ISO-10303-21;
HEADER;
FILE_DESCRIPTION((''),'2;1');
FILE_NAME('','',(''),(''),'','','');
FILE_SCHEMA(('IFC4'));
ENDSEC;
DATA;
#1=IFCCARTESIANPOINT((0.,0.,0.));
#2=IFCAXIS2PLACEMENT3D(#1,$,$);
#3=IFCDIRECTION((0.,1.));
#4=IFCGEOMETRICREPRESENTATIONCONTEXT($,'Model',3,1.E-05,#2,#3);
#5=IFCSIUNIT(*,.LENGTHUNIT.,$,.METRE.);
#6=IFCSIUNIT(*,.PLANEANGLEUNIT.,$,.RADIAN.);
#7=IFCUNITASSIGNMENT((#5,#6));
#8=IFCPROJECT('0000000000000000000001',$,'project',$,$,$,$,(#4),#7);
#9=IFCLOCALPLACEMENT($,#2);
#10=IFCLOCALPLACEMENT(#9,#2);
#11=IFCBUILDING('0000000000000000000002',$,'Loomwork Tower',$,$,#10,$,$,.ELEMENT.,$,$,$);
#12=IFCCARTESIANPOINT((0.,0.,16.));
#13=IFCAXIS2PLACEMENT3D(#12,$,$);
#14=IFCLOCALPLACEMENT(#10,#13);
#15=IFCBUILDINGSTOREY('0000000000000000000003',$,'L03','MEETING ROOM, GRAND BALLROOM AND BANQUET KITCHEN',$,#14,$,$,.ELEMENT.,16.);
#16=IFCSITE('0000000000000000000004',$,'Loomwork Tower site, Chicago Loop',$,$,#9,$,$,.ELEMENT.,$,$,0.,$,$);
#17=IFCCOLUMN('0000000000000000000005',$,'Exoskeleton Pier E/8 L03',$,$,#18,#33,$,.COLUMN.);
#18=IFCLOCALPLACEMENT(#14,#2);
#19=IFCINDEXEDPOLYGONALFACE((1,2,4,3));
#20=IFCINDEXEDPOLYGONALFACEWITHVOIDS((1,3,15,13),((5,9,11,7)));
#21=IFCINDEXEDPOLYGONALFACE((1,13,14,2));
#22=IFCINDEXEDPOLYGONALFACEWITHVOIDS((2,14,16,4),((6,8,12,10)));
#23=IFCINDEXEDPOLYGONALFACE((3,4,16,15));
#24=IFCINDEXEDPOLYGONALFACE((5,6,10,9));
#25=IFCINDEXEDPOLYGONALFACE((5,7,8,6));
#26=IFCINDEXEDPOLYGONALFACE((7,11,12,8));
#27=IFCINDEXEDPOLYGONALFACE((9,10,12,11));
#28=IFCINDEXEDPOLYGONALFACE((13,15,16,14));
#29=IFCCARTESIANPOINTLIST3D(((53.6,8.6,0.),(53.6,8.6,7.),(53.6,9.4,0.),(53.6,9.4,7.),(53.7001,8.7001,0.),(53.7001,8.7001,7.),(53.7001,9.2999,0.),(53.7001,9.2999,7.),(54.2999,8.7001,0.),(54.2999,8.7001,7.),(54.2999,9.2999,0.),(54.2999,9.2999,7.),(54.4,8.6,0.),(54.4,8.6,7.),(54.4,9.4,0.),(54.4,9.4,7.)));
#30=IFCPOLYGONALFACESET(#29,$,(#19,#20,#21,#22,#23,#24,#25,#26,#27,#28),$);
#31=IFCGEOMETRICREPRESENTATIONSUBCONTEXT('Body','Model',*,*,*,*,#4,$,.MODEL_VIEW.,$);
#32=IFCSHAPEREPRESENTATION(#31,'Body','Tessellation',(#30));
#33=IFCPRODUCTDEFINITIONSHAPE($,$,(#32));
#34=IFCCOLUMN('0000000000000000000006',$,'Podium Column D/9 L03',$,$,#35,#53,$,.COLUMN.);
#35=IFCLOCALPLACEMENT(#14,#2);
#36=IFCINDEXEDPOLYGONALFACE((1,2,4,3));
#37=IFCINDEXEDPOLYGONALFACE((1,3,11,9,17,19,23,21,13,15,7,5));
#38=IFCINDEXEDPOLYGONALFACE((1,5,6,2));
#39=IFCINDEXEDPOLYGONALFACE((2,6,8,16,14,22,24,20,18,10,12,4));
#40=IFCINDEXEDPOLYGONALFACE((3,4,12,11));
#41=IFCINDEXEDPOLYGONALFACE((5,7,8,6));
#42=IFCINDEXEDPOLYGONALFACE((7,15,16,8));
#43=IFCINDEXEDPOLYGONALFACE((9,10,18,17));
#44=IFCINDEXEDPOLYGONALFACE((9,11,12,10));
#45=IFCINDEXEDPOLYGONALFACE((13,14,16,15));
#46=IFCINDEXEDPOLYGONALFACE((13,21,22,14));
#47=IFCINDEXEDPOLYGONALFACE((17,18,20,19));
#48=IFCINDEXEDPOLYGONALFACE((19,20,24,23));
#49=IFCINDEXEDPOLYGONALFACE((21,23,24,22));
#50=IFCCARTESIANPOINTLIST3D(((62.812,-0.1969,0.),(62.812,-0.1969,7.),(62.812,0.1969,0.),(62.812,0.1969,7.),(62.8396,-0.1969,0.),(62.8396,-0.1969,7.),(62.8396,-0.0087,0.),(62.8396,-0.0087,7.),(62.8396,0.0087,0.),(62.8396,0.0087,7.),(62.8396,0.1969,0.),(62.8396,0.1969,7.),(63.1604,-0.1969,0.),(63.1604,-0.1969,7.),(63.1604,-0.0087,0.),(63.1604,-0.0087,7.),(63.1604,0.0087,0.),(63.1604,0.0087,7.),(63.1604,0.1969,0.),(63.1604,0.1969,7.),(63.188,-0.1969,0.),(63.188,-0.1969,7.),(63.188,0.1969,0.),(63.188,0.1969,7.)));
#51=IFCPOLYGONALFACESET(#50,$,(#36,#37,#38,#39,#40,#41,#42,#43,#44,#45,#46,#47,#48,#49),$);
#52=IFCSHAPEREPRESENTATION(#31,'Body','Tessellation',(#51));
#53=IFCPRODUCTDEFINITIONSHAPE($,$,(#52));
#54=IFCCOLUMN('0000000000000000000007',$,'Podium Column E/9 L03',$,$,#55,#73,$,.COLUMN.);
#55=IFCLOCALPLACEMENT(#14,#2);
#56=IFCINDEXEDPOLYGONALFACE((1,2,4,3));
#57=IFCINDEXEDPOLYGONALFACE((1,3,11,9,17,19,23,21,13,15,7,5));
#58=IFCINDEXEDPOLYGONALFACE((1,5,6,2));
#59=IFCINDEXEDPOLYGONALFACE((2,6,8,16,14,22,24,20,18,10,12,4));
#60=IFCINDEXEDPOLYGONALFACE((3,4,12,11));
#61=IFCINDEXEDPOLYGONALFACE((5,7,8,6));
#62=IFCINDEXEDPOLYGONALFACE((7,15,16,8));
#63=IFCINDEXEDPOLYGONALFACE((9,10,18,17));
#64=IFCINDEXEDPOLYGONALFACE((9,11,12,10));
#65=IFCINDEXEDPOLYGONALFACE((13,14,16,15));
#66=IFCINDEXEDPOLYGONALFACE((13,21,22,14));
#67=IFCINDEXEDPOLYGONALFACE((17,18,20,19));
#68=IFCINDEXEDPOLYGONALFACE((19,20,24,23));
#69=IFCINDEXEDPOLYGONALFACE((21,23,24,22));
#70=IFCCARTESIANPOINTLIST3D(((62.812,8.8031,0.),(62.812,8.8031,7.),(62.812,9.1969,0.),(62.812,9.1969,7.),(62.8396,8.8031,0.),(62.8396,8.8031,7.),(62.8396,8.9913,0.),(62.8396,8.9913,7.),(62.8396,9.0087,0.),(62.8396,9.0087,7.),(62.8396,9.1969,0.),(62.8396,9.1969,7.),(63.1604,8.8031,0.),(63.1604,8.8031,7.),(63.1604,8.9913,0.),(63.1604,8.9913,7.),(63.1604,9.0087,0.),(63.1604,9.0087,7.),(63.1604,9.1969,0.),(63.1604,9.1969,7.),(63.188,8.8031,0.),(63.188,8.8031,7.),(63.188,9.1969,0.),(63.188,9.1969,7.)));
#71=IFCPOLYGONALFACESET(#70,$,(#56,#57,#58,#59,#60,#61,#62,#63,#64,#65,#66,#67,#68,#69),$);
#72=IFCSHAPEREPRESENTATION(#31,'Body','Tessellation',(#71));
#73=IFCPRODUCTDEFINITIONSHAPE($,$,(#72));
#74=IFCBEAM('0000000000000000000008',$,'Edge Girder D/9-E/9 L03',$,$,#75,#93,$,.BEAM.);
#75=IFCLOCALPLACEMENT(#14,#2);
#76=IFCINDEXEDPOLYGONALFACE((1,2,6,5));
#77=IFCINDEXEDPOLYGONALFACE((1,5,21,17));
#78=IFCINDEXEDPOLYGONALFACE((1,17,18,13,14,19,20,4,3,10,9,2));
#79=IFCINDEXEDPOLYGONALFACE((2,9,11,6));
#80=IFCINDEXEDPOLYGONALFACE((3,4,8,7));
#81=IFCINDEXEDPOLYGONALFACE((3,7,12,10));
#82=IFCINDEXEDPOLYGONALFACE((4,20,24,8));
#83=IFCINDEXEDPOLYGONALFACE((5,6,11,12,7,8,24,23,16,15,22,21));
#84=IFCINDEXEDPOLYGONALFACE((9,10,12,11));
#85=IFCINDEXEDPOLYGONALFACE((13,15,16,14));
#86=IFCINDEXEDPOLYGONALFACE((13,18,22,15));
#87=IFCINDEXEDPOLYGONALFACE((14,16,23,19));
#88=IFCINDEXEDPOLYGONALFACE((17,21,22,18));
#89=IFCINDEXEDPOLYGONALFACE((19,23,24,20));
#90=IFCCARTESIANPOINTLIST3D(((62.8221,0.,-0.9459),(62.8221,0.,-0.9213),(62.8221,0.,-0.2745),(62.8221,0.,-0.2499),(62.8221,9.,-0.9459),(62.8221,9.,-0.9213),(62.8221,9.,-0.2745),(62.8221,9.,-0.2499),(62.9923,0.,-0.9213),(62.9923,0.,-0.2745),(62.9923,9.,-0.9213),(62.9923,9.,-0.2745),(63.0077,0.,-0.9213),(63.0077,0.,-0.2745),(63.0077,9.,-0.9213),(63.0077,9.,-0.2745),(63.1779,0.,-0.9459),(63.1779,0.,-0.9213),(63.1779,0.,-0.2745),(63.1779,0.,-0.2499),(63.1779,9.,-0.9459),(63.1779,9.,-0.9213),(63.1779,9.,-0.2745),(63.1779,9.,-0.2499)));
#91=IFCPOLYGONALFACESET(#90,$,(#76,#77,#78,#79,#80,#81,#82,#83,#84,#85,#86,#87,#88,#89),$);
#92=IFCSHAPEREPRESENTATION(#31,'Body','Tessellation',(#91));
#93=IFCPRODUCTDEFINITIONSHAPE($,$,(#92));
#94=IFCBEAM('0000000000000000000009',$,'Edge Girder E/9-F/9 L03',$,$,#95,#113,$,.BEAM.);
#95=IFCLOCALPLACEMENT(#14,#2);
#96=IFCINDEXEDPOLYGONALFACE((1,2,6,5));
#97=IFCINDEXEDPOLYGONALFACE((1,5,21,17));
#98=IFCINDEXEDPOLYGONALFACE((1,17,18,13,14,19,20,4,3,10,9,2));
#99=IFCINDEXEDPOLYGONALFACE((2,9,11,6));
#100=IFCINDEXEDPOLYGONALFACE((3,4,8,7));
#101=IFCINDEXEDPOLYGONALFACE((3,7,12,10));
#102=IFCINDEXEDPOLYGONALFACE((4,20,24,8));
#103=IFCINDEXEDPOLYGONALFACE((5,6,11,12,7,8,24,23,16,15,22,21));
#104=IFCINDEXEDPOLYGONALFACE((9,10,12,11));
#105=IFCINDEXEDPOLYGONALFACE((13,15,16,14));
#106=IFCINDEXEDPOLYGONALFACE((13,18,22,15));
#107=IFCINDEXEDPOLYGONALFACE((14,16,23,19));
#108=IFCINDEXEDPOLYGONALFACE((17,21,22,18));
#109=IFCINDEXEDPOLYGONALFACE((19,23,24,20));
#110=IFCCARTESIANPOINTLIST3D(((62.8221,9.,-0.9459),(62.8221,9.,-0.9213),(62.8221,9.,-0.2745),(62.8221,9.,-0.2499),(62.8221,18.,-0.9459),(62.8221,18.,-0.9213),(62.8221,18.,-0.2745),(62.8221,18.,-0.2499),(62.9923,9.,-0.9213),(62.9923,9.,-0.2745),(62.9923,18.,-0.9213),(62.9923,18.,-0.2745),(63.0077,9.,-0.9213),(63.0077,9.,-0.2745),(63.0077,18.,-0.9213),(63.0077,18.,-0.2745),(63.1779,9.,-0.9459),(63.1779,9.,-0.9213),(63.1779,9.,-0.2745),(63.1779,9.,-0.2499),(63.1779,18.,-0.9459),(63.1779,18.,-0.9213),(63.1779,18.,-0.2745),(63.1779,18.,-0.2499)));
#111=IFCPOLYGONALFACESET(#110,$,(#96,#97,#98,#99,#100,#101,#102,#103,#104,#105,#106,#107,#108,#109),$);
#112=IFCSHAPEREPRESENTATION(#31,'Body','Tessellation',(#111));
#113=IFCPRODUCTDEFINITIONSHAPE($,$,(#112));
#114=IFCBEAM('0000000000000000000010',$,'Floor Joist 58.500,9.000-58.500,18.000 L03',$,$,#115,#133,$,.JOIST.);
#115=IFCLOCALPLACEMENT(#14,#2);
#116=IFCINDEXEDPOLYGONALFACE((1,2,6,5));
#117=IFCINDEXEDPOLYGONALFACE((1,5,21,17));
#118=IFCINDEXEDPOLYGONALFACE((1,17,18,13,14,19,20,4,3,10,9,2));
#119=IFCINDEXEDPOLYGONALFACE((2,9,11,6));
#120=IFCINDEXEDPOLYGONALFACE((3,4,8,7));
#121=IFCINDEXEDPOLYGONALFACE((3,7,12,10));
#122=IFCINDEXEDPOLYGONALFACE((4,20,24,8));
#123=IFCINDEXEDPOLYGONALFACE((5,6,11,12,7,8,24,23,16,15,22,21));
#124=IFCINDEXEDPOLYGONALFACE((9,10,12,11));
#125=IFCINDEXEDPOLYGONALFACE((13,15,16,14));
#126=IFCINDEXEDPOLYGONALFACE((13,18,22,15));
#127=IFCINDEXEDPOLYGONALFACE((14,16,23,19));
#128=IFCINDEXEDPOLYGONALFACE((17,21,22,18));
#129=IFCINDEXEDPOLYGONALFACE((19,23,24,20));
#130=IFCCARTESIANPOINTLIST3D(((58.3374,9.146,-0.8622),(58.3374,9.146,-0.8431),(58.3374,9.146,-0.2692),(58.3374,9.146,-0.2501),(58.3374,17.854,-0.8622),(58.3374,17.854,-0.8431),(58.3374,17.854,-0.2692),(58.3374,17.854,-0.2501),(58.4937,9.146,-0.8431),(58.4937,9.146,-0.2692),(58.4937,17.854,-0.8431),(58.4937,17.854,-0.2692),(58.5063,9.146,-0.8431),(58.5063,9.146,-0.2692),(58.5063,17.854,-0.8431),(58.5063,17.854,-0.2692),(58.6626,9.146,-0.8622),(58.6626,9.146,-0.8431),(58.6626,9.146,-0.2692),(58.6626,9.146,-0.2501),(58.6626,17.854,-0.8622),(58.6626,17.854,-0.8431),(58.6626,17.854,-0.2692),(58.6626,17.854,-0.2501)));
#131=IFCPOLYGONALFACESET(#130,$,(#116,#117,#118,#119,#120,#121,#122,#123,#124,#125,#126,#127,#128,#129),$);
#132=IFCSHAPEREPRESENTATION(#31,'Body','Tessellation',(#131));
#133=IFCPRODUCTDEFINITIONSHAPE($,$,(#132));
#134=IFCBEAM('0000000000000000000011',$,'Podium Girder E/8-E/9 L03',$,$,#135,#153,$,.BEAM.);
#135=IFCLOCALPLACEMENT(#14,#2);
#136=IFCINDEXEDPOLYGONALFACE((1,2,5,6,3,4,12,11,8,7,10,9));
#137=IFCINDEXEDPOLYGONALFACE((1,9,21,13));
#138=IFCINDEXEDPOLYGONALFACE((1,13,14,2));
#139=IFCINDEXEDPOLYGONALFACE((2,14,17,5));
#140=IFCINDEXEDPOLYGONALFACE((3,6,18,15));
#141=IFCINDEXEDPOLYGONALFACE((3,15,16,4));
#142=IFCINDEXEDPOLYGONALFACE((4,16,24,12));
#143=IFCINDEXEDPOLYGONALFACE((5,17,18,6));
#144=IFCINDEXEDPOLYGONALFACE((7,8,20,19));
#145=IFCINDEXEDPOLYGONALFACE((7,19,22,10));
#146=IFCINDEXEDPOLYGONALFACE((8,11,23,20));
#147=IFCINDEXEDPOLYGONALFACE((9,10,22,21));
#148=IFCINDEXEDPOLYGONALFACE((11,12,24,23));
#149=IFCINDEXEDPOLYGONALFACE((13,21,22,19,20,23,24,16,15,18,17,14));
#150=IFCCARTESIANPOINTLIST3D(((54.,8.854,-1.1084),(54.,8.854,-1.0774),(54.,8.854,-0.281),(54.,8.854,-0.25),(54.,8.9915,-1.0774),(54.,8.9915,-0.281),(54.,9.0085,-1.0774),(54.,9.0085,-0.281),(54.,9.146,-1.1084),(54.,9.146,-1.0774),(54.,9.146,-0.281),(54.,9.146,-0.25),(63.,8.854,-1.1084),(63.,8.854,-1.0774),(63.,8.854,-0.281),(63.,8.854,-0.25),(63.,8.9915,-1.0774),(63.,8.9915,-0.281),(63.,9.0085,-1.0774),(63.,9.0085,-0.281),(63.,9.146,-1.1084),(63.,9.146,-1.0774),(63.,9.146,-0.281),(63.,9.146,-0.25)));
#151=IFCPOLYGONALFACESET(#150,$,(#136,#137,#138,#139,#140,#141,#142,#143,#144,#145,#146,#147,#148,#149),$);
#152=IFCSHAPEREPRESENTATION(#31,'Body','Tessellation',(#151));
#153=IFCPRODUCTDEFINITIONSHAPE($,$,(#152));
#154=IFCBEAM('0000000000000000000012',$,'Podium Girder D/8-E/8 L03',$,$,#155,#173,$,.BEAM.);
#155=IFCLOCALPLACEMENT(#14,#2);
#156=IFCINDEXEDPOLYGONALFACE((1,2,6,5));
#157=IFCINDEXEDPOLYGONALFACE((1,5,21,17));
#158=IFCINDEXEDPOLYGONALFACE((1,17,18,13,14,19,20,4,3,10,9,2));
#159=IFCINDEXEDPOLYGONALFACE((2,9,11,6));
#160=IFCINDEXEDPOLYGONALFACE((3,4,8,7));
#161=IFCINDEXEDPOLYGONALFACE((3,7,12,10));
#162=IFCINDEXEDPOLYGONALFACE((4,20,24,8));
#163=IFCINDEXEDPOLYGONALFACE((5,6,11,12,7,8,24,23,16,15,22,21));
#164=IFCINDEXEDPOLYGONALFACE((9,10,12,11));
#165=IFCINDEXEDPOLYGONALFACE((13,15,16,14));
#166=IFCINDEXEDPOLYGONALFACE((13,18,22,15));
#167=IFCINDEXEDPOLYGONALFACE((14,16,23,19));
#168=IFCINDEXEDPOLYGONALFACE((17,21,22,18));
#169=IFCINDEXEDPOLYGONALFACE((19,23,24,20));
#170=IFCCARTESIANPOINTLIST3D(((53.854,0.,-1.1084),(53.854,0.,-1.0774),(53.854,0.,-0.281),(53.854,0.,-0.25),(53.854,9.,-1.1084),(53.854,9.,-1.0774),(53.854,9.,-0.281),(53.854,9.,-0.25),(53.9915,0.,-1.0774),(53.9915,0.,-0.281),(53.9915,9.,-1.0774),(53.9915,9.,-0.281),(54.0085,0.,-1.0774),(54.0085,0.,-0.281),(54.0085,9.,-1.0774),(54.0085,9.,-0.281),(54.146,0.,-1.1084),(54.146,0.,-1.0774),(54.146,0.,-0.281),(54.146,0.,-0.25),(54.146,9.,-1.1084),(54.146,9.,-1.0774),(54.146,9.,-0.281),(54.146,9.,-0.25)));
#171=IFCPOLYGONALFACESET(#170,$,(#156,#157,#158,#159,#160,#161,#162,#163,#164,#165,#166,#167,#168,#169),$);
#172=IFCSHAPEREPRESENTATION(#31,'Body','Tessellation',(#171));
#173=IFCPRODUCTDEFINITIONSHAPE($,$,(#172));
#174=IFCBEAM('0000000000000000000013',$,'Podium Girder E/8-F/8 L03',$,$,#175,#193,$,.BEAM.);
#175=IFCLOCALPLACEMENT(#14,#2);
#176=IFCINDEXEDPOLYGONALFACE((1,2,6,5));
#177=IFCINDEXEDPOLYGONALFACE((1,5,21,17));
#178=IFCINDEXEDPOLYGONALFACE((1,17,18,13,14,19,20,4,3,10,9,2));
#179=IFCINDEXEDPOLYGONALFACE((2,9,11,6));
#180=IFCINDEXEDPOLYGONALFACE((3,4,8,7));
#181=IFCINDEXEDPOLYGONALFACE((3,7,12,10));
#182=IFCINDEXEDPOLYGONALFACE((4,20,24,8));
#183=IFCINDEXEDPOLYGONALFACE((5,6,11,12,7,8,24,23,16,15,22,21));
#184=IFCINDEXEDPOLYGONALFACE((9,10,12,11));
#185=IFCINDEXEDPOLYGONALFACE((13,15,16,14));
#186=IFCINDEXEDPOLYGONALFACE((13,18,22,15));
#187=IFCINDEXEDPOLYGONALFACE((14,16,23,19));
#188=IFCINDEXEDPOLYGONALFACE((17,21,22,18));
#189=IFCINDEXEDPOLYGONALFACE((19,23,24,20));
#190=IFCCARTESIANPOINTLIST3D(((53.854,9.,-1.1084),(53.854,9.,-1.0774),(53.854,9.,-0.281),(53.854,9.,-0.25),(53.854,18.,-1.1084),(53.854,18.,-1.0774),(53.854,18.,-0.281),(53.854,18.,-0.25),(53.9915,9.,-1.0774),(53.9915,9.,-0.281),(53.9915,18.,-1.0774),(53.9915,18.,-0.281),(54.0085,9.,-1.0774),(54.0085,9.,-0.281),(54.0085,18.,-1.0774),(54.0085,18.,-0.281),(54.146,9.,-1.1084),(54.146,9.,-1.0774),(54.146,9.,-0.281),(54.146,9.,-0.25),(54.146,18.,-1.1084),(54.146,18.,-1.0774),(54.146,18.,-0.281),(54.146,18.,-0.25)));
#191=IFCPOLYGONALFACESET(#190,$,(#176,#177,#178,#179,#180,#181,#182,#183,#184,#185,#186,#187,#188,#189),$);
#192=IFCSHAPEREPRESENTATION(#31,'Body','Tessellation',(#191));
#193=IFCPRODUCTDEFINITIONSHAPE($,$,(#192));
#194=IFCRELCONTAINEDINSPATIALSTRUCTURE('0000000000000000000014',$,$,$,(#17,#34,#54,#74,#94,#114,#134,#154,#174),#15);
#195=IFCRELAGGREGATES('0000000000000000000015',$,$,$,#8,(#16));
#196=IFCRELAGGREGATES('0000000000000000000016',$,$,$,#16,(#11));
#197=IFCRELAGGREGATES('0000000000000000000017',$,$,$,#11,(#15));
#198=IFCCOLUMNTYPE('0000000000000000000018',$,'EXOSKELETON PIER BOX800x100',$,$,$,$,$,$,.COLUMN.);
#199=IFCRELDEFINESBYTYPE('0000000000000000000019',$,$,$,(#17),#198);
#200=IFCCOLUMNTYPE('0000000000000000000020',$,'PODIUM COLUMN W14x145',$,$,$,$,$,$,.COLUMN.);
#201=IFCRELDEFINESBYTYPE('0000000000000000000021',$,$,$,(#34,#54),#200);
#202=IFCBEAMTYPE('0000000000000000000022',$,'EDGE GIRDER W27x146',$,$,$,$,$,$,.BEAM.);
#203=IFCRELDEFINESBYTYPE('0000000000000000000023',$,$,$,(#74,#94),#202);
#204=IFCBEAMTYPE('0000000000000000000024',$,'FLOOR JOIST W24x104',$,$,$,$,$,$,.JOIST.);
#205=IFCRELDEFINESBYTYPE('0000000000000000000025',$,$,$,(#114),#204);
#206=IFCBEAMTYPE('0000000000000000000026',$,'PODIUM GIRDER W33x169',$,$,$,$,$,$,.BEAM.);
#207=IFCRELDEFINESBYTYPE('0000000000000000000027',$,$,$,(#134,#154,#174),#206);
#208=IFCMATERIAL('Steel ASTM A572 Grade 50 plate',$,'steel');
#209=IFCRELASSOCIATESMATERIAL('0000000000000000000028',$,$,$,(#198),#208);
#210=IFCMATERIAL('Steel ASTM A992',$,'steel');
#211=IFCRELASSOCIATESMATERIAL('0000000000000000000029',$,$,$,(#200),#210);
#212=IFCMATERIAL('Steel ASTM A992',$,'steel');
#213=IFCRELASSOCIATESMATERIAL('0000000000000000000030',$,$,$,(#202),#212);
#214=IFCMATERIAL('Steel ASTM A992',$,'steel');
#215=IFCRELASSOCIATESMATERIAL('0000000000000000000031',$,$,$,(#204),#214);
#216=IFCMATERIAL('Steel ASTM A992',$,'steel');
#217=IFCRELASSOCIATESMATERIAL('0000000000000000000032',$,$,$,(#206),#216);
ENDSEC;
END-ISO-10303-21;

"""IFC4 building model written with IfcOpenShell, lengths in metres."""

from ifc_helpers import new_model, si_unit, direction, frame, origin, origin_2d, place, context, subcontext, project, spatial, hollow_rectangle, i_section, extrude, material, material_profile, profile_set, type_object, element, save


model = new_model("IFC4")

# Units and contexts
model_context = context("Model", 3, precision=1e-05, world=origin(), true_north=direction((0.0, 1.0)))
body_context = subcontext(model_context, "Body", "Model", "MODEL_VIEW")
ifc_project = project(units=[si_unit("LENGTHUNIT", "METRE"), si_unit("PLANEANGLEUNIT", "RADIAN")], contexts=[model_context])

# Site, building, storey
site_placement = place(None, origin())
site = spatial("IfcSite", under=ifc_project, at=site_placement, Name="Loomwork Tower site, Chicago Loop", CompositionType="ELEMENT", RefElevation=0.0)
building_placement = place(site_placement, origin())
building = spatial("IfcBuilding", under=site, at=building_placement, Name="Loomwork Tower", CompositionType="ELEMENT")
storey_placement = place(building_placement, frame((0.0, 0.0, 16.0)))
storey = spatial("IfcBuildingStorey", under=building, at=storey_placement, Name="L03", Description="MEETING ROOM, GRAND BALLROOM AND BANQUET KITCHEN", CompositionType="ELEMENT", Elevation=16.0)

# Columns
ifc_material_1 = material(Name="Steel ASTM A572 Grade 50 plate", Category="steel")
ifc_material_profile_1 = material_profile(ifc_material_1, hollow_rectangle(XDim=0.8, YDim=0.8, WallThickness=0.1001, at=origin_2d()), Name="BOX800x100")
ifc_profile_set_1 = profile_set([ifc_material_profile_1], Name="Steel ASTM A572 Grade 50 plate")
column_type_1 = type_object("IfcColumnType", Name="EXOSKELETON PIER BOX800x100", PredefinedType="COLUMN", material=ifc_profile_set_1)
column_placement = place(storey_placement, frame((54.0, 9.0, 0.0), z_axis=(0.0, 0.0, 1.0), x_axis=(0.0, 1.0, 0.0)))
element("IfcColumn", 1, at=column_placement, inside=storey, type_object=column_type_1, Name="Exoskeleton Pier E/8 L03", PredefinedType="COLUMN", context=body_context, shape_type="SweptSolid", body=[
    extrude(hollow_rectangle(XDim=0.8, YDim=0.8, WallThickness=0.1001, at=origin_2d()), origin(), (0.0, 0.0, 1.0), 7.0),
])
ifc_material_2 = material(Name="Steel ASTM A992", Category="steel")
ifc_material_profile_2 = material_profile(ifc_material_2, i_section(OverallWidth=0.3938, OverallDepth=0.376, WebThickness=0.0173, FlangeThickness=0.0276, at=origin_2d()), Name="W14x145")
ifc_profile_set_2 = profile_set([ifc_material_profile_2], Name="Steel ASTM A992")
column_type_2 = type_object("IfcColumnType", Name="PODIUM COLUMN W14x145", PredefinedType="COLUMN", material=ifc_profile_set_2)
for number, where, z_axis, x_axis, name in (
    (2, (63.0, 0.0, 0.0), (0.0, 0.0, 1.0), (0.0, 1.0, 0.0), "Podium Column D/9 L03"),
    (3, (63.0, 9.0, 0.0), (0.0, 0.0, 1.0), (0.0, 1.0, 0.0), "Podium Column E/9 L03"),
):
    element("IfcColumn", number, at=place(storey_placement, frame(where, z_axis=z_axis, x_axis=x_axis)), inside=storey, type_object=column_type_2, Name=name, PredefinedType="COLUMN", context=body_context, shape_type="SweptSolid", body=[
        extrude(i_section(OverallWidth=0.3938, OverallDepth=0.376, WebThickness=0.0173, FlangeThickness=0.0276, at=origin_2d()), origin(), (0.0, 0.0, 1.0), 7.0),
    ])

# Beams
ifc_material_3 = material(Name="Steel ASTM A992", Category="steel")
ifc_material_profile_3 = material_profile(ifc_material_3, i_section(OverallWidth=0.3557, OverallDepth=0.696, WebThickness=0.0154, FlangeThickness=0.0247, at=origin_2d()), Name="W27x146")
ifc_profile_set_3 = profile_set([ifc_material_profile_3], Name="Steel ASTM A992")
beam_type_1 = type_object("IfcBeamType", Name="EDGE GIRDER W27x146", PredefinedType="BEAM", material=ifc_profile_set_3)
for number, where, z_axis, x_axis, name in (
    (4, (63.0, 0.0, -0.5979), (0.0, 1.0, 0.0), (-1.0, 0.0, 0.0), "Edge Girder D/9-E/9 L03"),
    (5, (63.0, 9.0, -0.5979), (0.0, 1.0, 0.0), (-1.0, 0.0, 0.0), "Edge Girder E/9-F/9 L03"),
):
    element("IfcBeam", number, at=place(storey_placement, frame(where, z_axis=z_axis, x_axis=x_axis)), inside=storey, type_object=beam_type_1, Name=name, PredefinedType="BEAM", context=body_context, shape_type="SweptSolid", body=[
        extrude(i_section(OverallWidth=0.3557, OverallDepth=0.696, WebThickness=0.0154, FlangeThickness=0.0247, at=origin_2d()), origin(), (0.0, 0.0, 1.0), 9.0),
    ])
ifc_material_4 = material(Name="Steel ASTM A992", Category="steel")
ifc_material_profile_4 = material_profile(ifc_material_4, i_section(OverallWidth=0.3252, OverallDepth=0.6121, WebThickness=0.0127, FlangeThickness=0.019, at=origin_2d()), Name="W24x104")
ifc_profile_set_4 = profile_set([ifc_material_profile_4], Name="Steel ASTM A992")
beam_type_2 = type_object("IfcBeamType", Name="FLOOR JOIST W24x104", PredefinedType="JOIST", material=ifc_profile_set_4)
beam_placement = place(storey_placement, frame((58.5, 9.146, -0.5562), z_axis=(0.0, 1.0, 0.0), x_axis=(-1.0, 0.0, 0.0)))
element("IfcBeam", 6, at=beam_placement, inside=storey, type_object=beam_type_2, Name="Floor Joist 58.500,9.000-58.500,18.000 L03", PredefinedType="JOIST", context=body_context, shape_type="SweptSolid", body=[
    extrude(i_section(OverallWidth=0.3252, OverallDepth=0.6121, WebThickness=0.0127, FlangeThickness=0.019, at=origin_2d()), origin(), (0.0, 0.0, 1.0), 8.708),
])
ifc_material_5 = material(Name="Steel ASTM A992", Category="steel")
ifc_material_profile_5 = material_profile(ifc_material_5, i_section(OverallWidth=0.292, OverallDepth=0.8584, WebThickness=0.0171, FlangeThickness=0.031, at=origin_2d()), Name="W33x169")
ifc_profile_set_5 = profile_set([ifc_material_profile_5], Name="Steel ASTM A992")
beam_type_3 = type_object("IfcBeamType", Name="PODIUM GIRDER W33x169", PredefinedType="BEAM", material=ifc_profile_set_5)
for number, where, z_axis, x_axis, name in (
    (7, (54.0, 9.0, -0.6792), (1.0, 0.0, 0.0), (0.0, 1.0, 0.0), "Podium Girder E/8-E/9 L03"),
    (8, (54.0, 0.0, -0.6792), (0.0, 1.0, 0.0), (-1.0, 0.0, 0.0), "Podium Girder D/8-E/8 L03"),
    (9, (54.0, 9.0, -0.6792), (0.0, 1.0, 0.0), (-1.0, 0.0, 0.0), "Podium Girder E/8-F/8 L03"),
):
    element("IfcBeam", number, at=place(storey_placement, frame(where, z_axis=z_axis, x_axis=x_axis)), inside=storey, type_object=beam_type_3, Name=name, PredefinedType="BEAM", context=body_context, shape_type="SweptSolid", body=[
        extrude(i_section(OverallWidth=0.292, OverallDepth=0.8584, WebThickness=0.0171, FlangeThickness=0.031, at=origin_2d()), origin(), (0.0, 0.0, 1.0), 9.0),
    ])

save(model, "model.ifc")
